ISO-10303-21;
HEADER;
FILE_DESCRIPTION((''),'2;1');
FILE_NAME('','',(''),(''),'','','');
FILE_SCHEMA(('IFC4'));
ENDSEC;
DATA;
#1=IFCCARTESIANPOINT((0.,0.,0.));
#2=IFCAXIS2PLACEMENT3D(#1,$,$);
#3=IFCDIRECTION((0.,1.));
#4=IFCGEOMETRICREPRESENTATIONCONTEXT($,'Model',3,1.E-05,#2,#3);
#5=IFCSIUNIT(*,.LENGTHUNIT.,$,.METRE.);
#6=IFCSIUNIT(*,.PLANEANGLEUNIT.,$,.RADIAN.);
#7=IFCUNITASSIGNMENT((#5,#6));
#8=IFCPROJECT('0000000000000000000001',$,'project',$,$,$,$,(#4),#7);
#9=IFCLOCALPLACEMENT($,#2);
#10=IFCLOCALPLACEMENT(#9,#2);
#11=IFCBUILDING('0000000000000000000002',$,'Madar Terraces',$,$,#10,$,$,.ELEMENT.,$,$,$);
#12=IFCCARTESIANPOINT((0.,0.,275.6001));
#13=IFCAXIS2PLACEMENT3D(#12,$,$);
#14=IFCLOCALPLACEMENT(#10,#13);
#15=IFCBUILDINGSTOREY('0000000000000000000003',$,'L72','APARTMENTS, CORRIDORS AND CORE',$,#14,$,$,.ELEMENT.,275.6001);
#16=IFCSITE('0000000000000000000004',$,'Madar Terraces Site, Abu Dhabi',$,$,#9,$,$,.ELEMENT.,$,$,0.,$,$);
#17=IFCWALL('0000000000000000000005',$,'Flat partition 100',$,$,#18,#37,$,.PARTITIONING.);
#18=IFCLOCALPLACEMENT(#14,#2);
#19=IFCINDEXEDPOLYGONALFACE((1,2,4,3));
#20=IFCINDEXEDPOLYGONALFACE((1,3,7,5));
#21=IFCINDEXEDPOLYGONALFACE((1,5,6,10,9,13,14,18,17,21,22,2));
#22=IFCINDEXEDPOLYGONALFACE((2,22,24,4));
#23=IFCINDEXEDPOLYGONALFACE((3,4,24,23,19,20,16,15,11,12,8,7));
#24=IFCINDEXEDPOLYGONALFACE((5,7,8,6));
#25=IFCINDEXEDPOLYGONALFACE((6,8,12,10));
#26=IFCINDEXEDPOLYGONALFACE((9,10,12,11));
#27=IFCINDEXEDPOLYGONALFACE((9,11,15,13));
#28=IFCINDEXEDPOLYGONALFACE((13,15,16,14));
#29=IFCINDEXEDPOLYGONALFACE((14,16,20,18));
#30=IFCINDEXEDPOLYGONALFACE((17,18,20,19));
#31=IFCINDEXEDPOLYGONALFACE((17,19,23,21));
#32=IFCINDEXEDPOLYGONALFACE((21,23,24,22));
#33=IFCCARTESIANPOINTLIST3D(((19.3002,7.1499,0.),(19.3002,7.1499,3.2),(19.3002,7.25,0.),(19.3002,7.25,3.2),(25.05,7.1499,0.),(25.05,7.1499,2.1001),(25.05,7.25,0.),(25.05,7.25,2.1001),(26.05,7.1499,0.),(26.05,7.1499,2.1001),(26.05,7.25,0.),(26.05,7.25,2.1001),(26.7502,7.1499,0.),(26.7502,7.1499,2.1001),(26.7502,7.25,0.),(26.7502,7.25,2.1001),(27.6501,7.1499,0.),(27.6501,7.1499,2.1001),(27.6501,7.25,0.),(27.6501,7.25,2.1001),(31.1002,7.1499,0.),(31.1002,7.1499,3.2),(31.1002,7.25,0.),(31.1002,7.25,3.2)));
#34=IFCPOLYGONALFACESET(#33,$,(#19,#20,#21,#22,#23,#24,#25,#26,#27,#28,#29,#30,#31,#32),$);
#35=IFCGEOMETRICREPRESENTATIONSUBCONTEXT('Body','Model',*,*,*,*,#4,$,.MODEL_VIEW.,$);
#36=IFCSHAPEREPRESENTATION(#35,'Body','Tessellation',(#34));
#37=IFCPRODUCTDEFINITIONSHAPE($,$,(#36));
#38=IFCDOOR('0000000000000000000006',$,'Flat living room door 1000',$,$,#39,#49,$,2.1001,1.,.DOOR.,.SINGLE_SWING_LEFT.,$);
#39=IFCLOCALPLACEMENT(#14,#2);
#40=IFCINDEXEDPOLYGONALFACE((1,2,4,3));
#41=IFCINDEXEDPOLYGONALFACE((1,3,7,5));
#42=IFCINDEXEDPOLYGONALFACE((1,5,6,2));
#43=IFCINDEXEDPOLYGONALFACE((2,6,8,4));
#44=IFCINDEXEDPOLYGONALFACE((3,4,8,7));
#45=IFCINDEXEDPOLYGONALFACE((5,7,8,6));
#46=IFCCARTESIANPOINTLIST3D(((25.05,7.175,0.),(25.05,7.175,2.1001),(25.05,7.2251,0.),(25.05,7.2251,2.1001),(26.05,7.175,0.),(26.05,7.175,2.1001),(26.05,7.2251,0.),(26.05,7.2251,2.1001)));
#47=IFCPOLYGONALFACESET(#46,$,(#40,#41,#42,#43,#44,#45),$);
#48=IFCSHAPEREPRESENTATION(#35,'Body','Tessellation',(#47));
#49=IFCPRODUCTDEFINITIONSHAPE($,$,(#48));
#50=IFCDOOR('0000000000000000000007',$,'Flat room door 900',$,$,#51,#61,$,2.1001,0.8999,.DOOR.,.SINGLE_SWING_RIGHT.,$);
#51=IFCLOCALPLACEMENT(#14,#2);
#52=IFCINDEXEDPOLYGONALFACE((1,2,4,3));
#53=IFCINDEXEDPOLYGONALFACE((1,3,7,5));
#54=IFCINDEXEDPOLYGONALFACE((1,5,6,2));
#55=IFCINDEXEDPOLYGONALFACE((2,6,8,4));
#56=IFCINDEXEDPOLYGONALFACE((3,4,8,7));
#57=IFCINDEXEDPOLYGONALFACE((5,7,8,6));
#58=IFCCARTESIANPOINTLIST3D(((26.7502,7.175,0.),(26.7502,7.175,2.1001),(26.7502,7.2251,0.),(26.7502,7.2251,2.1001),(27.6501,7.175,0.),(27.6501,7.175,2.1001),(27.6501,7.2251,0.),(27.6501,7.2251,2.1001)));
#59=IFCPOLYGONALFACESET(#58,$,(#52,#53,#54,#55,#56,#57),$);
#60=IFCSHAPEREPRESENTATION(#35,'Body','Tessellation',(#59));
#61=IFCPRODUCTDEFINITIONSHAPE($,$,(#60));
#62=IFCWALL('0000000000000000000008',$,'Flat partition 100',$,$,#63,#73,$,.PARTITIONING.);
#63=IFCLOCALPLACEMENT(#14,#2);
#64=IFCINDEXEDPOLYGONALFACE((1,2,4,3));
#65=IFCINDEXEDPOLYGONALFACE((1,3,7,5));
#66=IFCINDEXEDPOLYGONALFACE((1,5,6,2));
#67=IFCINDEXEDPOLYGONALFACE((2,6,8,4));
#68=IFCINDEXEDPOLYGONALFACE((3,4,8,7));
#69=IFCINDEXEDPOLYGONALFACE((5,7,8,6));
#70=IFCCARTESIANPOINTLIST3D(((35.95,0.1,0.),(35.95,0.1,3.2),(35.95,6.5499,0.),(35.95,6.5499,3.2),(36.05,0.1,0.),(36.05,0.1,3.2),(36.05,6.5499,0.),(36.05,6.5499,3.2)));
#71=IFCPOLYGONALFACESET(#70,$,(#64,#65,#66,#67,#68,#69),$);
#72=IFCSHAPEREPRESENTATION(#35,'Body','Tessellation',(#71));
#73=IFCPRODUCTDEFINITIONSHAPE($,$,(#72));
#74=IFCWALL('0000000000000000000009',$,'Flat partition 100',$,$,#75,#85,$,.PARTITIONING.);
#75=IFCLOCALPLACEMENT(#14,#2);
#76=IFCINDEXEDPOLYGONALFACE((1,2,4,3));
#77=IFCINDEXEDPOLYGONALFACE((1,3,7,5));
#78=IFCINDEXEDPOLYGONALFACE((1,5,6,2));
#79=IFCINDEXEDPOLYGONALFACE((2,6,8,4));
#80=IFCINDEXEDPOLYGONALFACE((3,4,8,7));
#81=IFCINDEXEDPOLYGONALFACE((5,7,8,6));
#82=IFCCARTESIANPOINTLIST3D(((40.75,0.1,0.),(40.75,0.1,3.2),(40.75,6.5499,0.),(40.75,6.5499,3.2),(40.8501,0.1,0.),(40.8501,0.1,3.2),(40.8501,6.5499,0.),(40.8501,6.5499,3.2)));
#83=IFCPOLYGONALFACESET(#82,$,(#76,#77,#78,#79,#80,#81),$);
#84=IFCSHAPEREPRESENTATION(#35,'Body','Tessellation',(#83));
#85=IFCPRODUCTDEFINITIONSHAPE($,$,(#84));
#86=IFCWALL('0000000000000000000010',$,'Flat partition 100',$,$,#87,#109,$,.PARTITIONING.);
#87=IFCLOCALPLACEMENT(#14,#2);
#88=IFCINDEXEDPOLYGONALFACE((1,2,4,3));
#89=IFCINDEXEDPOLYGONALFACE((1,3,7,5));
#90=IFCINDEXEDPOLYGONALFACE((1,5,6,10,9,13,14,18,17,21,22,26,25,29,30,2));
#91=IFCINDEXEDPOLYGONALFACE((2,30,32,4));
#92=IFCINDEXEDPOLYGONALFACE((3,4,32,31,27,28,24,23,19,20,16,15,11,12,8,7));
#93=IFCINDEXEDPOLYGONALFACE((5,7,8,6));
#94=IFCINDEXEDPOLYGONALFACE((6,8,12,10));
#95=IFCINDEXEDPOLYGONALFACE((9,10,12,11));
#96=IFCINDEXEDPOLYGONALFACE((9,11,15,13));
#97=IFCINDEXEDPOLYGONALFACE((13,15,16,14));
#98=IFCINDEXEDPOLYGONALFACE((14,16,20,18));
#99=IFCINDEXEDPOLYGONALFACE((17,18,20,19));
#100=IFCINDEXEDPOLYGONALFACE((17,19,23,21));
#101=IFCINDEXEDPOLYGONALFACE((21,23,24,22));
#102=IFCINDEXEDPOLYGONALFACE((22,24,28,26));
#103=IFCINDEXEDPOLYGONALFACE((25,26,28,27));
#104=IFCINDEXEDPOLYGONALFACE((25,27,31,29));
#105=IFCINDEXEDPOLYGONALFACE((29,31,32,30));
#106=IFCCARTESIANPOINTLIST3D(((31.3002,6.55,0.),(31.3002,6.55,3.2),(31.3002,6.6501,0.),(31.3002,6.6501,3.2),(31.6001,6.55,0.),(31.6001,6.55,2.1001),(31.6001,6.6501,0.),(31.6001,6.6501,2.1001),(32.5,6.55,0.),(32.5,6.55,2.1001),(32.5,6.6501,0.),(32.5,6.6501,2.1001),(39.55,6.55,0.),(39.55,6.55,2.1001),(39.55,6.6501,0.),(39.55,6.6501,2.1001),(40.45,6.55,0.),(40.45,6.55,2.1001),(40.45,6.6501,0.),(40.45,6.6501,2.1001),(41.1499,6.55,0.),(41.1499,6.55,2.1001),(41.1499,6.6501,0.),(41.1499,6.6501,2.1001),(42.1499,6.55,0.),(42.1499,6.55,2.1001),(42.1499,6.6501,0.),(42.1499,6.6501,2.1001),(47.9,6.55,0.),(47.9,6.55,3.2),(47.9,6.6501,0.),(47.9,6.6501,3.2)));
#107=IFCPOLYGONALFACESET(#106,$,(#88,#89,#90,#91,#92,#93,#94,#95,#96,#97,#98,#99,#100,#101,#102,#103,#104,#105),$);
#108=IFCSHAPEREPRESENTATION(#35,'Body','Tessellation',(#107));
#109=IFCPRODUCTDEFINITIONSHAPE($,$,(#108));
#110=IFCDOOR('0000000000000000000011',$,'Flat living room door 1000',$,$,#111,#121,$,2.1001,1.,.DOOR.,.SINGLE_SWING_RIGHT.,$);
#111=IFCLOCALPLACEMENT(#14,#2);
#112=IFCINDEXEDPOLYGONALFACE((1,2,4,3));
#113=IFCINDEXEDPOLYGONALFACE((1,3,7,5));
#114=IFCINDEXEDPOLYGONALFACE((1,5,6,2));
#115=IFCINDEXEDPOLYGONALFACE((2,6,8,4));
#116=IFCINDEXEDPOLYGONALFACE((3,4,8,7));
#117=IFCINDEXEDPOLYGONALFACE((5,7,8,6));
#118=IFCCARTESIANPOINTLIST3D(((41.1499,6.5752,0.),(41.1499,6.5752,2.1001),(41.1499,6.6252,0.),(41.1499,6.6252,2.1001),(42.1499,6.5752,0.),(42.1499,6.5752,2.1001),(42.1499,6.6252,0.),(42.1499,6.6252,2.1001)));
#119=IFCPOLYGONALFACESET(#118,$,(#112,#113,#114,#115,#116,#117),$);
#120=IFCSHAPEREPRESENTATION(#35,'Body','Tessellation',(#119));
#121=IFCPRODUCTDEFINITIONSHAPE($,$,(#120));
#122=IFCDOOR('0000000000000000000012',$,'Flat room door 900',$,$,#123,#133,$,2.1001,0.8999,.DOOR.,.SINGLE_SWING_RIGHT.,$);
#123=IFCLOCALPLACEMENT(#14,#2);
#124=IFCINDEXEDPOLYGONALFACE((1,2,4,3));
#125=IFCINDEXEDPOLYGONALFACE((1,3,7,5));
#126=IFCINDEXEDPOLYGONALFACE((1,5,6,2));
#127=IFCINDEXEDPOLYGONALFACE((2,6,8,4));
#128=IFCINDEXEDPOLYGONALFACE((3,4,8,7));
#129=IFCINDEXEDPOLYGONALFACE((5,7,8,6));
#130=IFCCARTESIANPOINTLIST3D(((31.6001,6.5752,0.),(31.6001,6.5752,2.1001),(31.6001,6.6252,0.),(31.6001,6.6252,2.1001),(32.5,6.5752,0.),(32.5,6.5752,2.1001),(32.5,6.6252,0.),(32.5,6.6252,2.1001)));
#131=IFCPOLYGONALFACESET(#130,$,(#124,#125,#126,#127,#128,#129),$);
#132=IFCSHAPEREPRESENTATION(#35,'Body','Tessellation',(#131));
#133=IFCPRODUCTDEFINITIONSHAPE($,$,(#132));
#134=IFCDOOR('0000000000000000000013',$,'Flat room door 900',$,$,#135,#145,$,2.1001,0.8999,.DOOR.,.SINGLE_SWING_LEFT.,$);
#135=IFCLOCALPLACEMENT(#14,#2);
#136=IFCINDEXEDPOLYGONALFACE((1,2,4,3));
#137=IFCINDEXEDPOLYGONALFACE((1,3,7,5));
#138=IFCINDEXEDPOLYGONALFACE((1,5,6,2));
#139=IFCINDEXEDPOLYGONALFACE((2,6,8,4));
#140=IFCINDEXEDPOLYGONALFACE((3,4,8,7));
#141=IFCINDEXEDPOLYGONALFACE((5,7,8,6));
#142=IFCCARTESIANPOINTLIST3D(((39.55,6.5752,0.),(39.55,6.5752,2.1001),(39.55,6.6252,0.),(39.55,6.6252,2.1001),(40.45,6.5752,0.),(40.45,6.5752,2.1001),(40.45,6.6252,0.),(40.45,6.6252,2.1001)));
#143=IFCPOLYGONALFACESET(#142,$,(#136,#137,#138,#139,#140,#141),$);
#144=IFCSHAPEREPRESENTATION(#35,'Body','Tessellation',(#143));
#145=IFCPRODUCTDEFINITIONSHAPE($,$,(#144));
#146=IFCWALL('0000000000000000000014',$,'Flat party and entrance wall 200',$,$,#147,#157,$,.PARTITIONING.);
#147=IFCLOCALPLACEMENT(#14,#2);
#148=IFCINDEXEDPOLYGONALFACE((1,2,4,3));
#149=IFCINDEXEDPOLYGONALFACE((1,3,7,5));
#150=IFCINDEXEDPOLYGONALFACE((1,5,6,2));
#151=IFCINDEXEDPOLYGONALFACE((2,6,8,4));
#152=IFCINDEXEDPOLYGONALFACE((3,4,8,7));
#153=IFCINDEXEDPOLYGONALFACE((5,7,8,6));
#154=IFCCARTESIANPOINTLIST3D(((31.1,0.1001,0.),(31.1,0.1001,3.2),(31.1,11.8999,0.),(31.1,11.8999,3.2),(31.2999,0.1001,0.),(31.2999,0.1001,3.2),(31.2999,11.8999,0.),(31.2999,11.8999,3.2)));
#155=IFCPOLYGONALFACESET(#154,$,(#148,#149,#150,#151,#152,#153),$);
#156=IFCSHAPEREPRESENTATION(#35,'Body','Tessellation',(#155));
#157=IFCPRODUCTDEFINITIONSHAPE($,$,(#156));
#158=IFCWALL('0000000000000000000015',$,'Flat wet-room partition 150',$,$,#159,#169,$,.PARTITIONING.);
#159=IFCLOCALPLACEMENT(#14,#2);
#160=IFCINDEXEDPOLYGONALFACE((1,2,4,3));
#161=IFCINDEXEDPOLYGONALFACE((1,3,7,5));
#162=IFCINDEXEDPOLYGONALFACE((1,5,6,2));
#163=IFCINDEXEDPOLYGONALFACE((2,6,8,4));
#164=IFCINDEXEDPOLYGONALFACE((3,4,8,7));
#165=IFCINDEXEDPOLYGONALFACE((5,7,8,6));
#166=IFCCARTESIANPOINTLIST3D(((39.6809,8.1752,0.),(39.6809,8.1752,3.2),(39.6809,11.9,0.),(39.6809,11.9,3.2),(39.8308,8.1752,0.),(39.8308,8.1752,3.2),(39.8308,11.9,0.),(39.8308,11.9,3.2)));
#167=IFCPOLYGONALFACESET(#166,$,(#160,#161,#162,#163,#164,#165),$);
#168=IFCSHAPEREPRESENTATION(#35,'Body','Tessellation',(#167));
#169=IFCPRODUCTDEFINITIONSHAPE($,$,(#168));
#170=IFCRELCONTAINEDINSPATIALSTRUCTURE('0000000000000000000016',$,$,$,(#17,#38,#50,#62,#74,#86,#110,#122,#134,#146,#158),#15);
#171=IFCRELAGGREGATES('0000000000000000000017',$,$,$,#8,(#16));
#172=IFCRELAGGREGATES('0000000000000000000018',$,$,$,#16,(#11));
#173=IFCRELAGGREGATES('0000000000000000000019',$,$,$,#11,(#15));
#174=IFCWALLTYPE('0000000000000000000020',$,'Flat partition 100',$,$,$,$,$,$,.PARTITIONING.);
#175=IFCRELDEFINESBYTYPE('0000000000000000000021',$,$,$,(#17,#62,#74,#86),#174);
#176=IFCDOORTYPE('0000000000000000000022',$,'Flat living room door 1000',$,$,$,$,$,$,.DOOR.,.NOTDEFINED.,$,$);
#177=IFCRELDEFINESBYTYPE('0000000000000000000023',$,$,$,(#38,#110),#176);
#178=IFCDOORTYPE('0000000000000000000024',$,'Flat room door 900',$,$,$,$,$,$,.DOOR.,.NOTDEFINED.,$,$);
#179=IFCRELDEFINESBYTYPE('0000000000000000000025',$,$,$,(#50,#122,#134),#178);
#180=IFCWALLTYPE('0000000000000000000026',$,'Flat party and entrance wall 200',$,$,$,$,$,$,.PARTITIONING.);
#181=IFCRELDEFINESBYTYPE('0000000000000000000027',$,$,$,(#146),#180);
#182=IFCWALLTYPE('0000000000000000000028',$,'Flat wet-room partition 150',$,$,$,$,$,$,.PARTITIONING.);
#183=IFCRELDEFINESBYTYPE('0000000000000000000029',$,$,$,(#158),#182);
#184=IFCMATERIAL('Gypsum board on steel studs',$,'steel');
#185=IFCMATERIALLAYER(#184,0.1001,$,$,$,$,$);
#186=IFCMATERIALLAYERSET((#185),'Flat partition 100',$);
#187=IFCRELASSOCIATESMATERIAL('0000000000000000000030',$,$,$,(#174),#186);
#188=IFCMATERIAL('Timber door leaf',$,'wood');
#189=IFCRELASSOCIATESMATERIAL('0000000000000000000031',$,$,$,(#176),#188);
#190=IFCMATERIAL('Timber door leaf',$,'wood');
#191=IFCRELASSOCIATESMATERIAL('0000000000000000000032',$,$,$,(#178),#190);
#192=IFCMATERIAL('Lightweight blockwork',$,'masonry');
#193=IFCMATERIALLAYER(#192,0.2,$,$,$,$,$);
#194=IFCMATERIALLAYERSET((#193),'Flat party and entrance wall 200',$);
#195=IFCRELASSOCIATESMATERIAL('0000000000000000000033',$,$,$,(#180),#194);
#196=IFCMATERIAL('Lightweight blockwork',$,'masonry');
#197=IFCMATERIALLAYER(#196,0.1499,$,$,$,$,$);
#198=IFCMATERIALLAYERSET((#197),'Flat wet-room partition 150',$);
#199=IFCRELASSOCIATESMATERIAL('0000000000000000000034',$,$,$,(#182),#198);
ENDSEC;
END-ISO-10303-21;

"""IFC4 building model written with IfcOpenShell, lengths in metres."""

from ifc_helpers import new_model, si_unit, direction, frame, frame_2d, origin, place, context, subcontext, project, spatial, rectangle, extrude, material, layer, layer_set, type_object, element, fill, save


model = new_model("IFC4")

# Units and contexts
model_context = context("Model", 3, precision=1e-05, world=origin(), true_north=direction((0.0, 1.0)))
body_context = subcontext(model_context, "Body", "Model", "MODEL_VIEW")
ifc_project = project(units=[si_unit("LENGTHUNIT", "METRE"), si_unit("PLANEANGLEUNIT", "RADIAN")], contexts=[model_context])

# Site, building, storey
site_placement = place(None, origin())
site = spatial("IfcSite", under=ifc_project, at=site_placement, Name="Madar Terraces Site, Abu Dhabi", CompositionType="ELEMENT", RefElevation=0.0)
building_placement = place(site_placement, origin())
building = spatial("IfcBuilding", under=site, at=building_placement, Name="Madar Terraces", CompositionType="ELEMENT")
storey_placement = place(building_placement, frame((0.0, 0.0, 275.6001)))
storey = spatial("IfcBuildingStorey", under=building, at=storey_placement, Name="L72", Description="APARTMENTS, CORRIDORS AND CORE", CompositionType="ELEMENT", Elevation=275.6001)

# Wall, openings, doors
ifc_material_1 = material(Name="Gypsum board on steel studs", Category="steel")
ifc_layer_1 = layer(ifc_material_1, 0.1001)
ifc_layer_set_1 = layer_set([ifc_layer_1], Name="Flat partition 100")
wall_type_1 = type_object("IfcWallType", Name="Flat partition 100", PredefinedType="PARTITIONING", material=ifc_layer_set_1)
wall_1_placement = place(storey_placement, frame((31.1001, 7.2, 0.0), z_axis=(0.0, 0.0, 1.0), x_axis=(-1.0, 0.0, 0.0)))
wall_1 = element("IfcWall", 1, at=wall_1_placement, inside=storey, type_object=wall_type_1, Name="Flat partition 100", PredefinedType="PARTITIONING", context=body_context, shape_type="SweptSolid", body=[
    extrude(rectangle(XDim=11.8, YDim=0.1001, at=frame_2d((5.8999, 0.0))), origin(), (0.0, 0.0, 1.0), 3.2),
])
opening_1_placement = place(wall_1_placement, frame((3.45, 0.0, 0.0)))
opening_1 = element("IfcOpeningElement", 2, at=opening_1_placement, cuts=wall_1, PredefinedType="OPENING", context=body_context, shape_type="SweptSolid", body=[
    extrude(rectangle(XDim=0.8999, YDim=2.1001, at=frame_2d((0.45, 1.05))), frame((0.0, 0.0601, 0.0), z_axis=(0.0, -1.0, 0.0), x_axis=(1.0, 0.0, 0.0)), (0.0, 0.0, 1.0), 0.1201),
])
opening_2_placement = place(wall_1_placement, frame((5.05, 0.0, 0.0)))
opening_2 = element("IfcOpeningElement", 3, at=opening_2_placement, cuts=wall_1, PredefinedType="OPENING", context=body_context, shape_type="SweptSolid", body=[
    extrude(rectangle(XDim=1.0, YDim=2.1001, at=frame_2d((0.5, 1.05))), frame((0.0, 0.0601, 0.0), z_axis=(0.0, -1.0, 0.0), x_axis=(1.0, 0.0, 0.0)), (0.0, 0.0, 1.0), 0.1201),
])
ifc_material_2 = material(Name="Timber door leaf", Category="wood")
door_type_1 = type_object("IfcDoorType", Name="Flat living room door 1000", OperationType="NOTDEFINED", PredefinedType="DOOR", material=ifc_material_2)
door_1_placement = place(opening_2_placement, origin())
door_1 = element("IfcDoor", 4, at=door_1_placement, inside=storey, type_object=door_type_1, Name="Flat living room door 1000", OperationType="SINGLE_SWING_LEFT", OverallHeight=2.1001, OverallWidth=1.0, PredefinedType="DOOR", context=body_context, shape_type="SweptSolid", body=[
    extrude(rectangle(XDim=1.0, YDim=2.1001, at=frame_2d((0.5, 1.05))), frame((0.0, 0.0249, 0.0), z_axis=(0.0, -1.0, 0.0), x_axis=(1.0, 0.0, 0.0)), (0.0, 0.0, 1.0), 0.05),
])
fill(opening_2, door_1)
ifc_material_3 = material(Name="Timber door leaf", Category="wood")
door_type_2 = type_object("IfcDoorType", Name="Flat room door 900", OperationType="NOTDEFINED", PredefinedType="DOOR", material=ifc_material_3)
door_2_placement = place(opening_1_placement, origin())
door_2 = element("IfcDoor", 5, at=door_2_placement, inside=storey, type_object=door_type_2, Name="Flat room door 900", OperationType="SINGLE_SWING_RIGHT", OverallHeight=2.1001, OverallWidth=0.8999, PredefinedType="DOOR", context=body_context, shape_type="SweptSolid", body=[
    extrude(rectangle(XDim=0.8999, YDim=2.1001, at=frame_2d((0.45, 1.05))), frame((0.0, 0.0249, 0.0), z_axis=(0.0, -1.0, 0.0), x_axis=(1.0, 0.0, 0.0)), (0.0, 0.0, 1.0), 0.05),
])
fill(opening_1, door_2)

# Walls
for number, where, z_axis, x_axis, name in (
    (6, (36.0, 6.55, 0.0), (0.0, 0.0, 1.0), (0.0, -1.0, 0.0), "Flat partition 100"),
    (7, (40.8, 6.55, 0.0), (0.0, 0.0, 1.0), (0.0, -1.0, 0.0), "Flat partition 100"),
):
    element("IfcWall", number, at=place(storey_placement, frame(where, z_axis=z_axis, x_axis=x_axis)), inside=storey, type_object=wall_type_1, Name=name, PredefinedType="PARTITIONING", context=body_context, shape_type="SweptSolid", body=[
        extrude(rectangle(XDim=6.45, YDim=0.1001, at=frame_2d((3.2251, 0.0))), origin(), (0.0, 0.0, 1.0), 3.2),
    ])

# Wall, openings, doors
wall_2_placement = place(storey_placement, frame((47.8999, 6.6001, 0.0), z_axis=(0.0, 0.0, 1.0), x_axis=(-1.0, 0.0, 0.0)))
wall_2 = element("IfcWall", 8, at=wall_2_placement, inside=storey, type_object=wall_type_1, Name="Flat partition 100", PredefinedType="PARTITIONING", context=body_context, shape_type="SweptSolid", body=[
    extrude(rectangle(XDim=16.5999, YDim=0.1001, at=frame_2d((8.2998, 0.0))), origin(), (0.0, 0.0, 1.0), 3.2),
])
opening_3_placement = place(wall_2_placement, frame((15.3999, 0.0, 0.0)))
opening_3 = element("IfcOpeningElement", 9, at=opening_3_placement, cuts=wall_2, PredefinedType="OPENING", context=body_context, shape_type="SweptSolid", body=[
    extrude(rectangle(XDim=0.8999, YDim=2.1001, at=frame_2d((0.45, 1.05))), frame((0.0, 0.0601, 0.0), z_axis=(0.0, -1.0, 0.0), x_axis=(1.0, 0.0, 0.0)), (0.0, 0.0, 1.0), 0.1201),
])
opening_4_placement = place(wall_2_placement, frame((7.45, 0.0, 0.0)))
opening_4 = element("IfcOpeningElement", 10, at=opening_4_placement, cuts=wall_2, PredefinedType="OPENING", context=body_context, shape_type="SweptSolid", body=[
    extrude(rectangle(XDim=0.8999, YDim=2.1001, at=frame_2d((0.45, 1.05))), frame((0.0, 0.0601, 0.0), z_axis=(0.0, -1.0, 0.0), x_axis=(1.0, 0.0, 0.0)), (0.0, 0.0, 1.0), 0.1201),
])
opening_5_placement = place(wall_2_placement, frame((5.75, 0.0, 0.0)))
opening_5 = element("IfcOpeningElement", 11, at=opening_5_placement, cuts=wall_2, PredefinedType="OPENING", context=body_context, shape_type="SweptSolid", body=[
    extrude(rectangle(XDim=1.0, YDim=2.1001, at=frame_2d((0.5, 1.05))), frame((0.0, 0.0601, 0.0), z_axis=(0.0, -1.0, 0.0), x_axis=(1.0, 0.0, 0.0)), (0.0, 0.0, 1.0), 0.1201),
])
door_3_placement = place(opening_5_placement, origin())
door_3 = element("IfcDoor", 12, at=door_3_placement, inside=storey, type_object=door_type_1, Name="Flat living room door 1000", OperationType="SINGLE_SWING_RIGHT", OverallHeight=2.1001, OverallWidth=1.0, PredefinedType="DOOR", context=body_context, shape_type="SweptSolid", body=[
    extrude(rectangle(XDim=1.0, YDim=2.1001, at=frame_2d((0.5, 1.05))), frame((0.0, 0.0249, 0.0), z_axis=(0.0, -1.0, 0.0), x_axis=(1.0, 0.0, 0.0)), (0.0, 0.0, 1.0), 0.05),
])
fill(opening_5, door_3)
door_4_placement = place(opening_3_placement, origin())
door_4 = element("IfcDoor", 13, at=door_4_placement, inside=storey, type_object=door_type_2, Name="Flat room door 900", OperationType="SINGLE_SWING_RIGHT", OverallHeight=2.1001, OverallWidth=0.8999, PredefinedType="DOOR", context=body_context, shape_type="SweptSolid", body=[
    extrude(rectangle(XDim=0.8999, YDim=2.1001, at=frame_2d((0.45, 1.05))), frame((0.0, 0.0249, 0.0), z_axis=(0.0, -1.0, 0.0), x_axis=(1.0, 0.0, 0.0)), (0.0, 0.0, 1.0), 0.05),
])
fill(opening_3, door_4)
door_5_placement = place(opening_4_placement, origin())
door_5 = element("IfcDoor", 14, at=door_5_placement, inside=storey, type_object=door_type_2, Name="Flat room door 900", OperationType="SINGLE_SWING_LEFT", OverallHeight=2.1001, OverallWidth=0.8999, PredefinedType="DOOR", context=body_context, shape_type="SweptSolid", body=[
    extrude(rectangle(XDim=0.8999, YDim=2.1001, at=frame_2d((0.45, 1.05))), frame((0.0, 0.0249, 0.0), z_axis=(0.0, -1.0, 0.0), x_axis=(1.0, 0.0, 0.0)), (0.0, 0.0, 1.0), 0.05),
])
fill(opening_4, door_5)

# Walls
ifc_material_4 = material(Name="Lightweight blockwork", Category="masonry")
ifc_layer_2 = layer(ifc_material_4, 0.2)
ifc_layer_set_2 = layer_set([ifc_layer_2], Name="Flat party and entrance wall 200")
wall_type_2 = type_object("IfcWallType", Name="Flat party and entrance wall 200", PredefinedType="PARTITIONING", material=ifc_layer_set_2)
wall_3_placement = place(storey_placement, frame((31.2, 11.8999, 0.0), z_axis=(0.0, 0.0, 1.0), x_axis=(0.0, -1.0, 0.0)))
element("IfcWall", 15, at=wall_3_placement, inside=storey, type_object=wall_type_2, Name="Flat party and entrance wall 200", PredefinedType="PARTITIONING", context=body_context, shape_type="SweptSolid", body=[
    extrude(rectangle(XDim=11.7998, YDim=0.2, at=frame_2d((5.8999, 0.0))), origin(), (0.0, 0.0, 1.0), 3.2),
])
ifc_material_5 = material(Name="Lightweight blockwork", Category="masonry")
ifc_layer_3 = layer(ifc_material_5, 0.1499)
ifc_layer_set_3 = layer_set([ifc_layer_3], Name="Flat wet-room partition 150")
wall_type_3 = type_object("IfcWallType", Name="Flat wet-room partition 150", PredefinedType="PARTITIONING", material=ifc_layer_set_3)
for number, where, z_axis, x_axis, name in (
    (16, (39.7559, 11.8999, 0.0), (0.0, 0.0, 1.0), (0.0, -1.0, 0.0), "Flat wet-room partition 150"),
):
    element("IfcWall", number, at=place(storey_placement, frame(where, z_axis=z_axis, x_axis=x_axis)), inside=storey, type_object=wall_type_3, Name=name, PredefinedType="PARTITIONING", context=body_context, shape_type="SweptSolid", body=[
        extrude(rectangle(XDim=3.7249, YDim=0.1499, at=frame_2d((1.8623, 0.0))), origin(), (0.0, 0.0, 1.0), 3.2),
    ])

save(model, "model.ifc")
